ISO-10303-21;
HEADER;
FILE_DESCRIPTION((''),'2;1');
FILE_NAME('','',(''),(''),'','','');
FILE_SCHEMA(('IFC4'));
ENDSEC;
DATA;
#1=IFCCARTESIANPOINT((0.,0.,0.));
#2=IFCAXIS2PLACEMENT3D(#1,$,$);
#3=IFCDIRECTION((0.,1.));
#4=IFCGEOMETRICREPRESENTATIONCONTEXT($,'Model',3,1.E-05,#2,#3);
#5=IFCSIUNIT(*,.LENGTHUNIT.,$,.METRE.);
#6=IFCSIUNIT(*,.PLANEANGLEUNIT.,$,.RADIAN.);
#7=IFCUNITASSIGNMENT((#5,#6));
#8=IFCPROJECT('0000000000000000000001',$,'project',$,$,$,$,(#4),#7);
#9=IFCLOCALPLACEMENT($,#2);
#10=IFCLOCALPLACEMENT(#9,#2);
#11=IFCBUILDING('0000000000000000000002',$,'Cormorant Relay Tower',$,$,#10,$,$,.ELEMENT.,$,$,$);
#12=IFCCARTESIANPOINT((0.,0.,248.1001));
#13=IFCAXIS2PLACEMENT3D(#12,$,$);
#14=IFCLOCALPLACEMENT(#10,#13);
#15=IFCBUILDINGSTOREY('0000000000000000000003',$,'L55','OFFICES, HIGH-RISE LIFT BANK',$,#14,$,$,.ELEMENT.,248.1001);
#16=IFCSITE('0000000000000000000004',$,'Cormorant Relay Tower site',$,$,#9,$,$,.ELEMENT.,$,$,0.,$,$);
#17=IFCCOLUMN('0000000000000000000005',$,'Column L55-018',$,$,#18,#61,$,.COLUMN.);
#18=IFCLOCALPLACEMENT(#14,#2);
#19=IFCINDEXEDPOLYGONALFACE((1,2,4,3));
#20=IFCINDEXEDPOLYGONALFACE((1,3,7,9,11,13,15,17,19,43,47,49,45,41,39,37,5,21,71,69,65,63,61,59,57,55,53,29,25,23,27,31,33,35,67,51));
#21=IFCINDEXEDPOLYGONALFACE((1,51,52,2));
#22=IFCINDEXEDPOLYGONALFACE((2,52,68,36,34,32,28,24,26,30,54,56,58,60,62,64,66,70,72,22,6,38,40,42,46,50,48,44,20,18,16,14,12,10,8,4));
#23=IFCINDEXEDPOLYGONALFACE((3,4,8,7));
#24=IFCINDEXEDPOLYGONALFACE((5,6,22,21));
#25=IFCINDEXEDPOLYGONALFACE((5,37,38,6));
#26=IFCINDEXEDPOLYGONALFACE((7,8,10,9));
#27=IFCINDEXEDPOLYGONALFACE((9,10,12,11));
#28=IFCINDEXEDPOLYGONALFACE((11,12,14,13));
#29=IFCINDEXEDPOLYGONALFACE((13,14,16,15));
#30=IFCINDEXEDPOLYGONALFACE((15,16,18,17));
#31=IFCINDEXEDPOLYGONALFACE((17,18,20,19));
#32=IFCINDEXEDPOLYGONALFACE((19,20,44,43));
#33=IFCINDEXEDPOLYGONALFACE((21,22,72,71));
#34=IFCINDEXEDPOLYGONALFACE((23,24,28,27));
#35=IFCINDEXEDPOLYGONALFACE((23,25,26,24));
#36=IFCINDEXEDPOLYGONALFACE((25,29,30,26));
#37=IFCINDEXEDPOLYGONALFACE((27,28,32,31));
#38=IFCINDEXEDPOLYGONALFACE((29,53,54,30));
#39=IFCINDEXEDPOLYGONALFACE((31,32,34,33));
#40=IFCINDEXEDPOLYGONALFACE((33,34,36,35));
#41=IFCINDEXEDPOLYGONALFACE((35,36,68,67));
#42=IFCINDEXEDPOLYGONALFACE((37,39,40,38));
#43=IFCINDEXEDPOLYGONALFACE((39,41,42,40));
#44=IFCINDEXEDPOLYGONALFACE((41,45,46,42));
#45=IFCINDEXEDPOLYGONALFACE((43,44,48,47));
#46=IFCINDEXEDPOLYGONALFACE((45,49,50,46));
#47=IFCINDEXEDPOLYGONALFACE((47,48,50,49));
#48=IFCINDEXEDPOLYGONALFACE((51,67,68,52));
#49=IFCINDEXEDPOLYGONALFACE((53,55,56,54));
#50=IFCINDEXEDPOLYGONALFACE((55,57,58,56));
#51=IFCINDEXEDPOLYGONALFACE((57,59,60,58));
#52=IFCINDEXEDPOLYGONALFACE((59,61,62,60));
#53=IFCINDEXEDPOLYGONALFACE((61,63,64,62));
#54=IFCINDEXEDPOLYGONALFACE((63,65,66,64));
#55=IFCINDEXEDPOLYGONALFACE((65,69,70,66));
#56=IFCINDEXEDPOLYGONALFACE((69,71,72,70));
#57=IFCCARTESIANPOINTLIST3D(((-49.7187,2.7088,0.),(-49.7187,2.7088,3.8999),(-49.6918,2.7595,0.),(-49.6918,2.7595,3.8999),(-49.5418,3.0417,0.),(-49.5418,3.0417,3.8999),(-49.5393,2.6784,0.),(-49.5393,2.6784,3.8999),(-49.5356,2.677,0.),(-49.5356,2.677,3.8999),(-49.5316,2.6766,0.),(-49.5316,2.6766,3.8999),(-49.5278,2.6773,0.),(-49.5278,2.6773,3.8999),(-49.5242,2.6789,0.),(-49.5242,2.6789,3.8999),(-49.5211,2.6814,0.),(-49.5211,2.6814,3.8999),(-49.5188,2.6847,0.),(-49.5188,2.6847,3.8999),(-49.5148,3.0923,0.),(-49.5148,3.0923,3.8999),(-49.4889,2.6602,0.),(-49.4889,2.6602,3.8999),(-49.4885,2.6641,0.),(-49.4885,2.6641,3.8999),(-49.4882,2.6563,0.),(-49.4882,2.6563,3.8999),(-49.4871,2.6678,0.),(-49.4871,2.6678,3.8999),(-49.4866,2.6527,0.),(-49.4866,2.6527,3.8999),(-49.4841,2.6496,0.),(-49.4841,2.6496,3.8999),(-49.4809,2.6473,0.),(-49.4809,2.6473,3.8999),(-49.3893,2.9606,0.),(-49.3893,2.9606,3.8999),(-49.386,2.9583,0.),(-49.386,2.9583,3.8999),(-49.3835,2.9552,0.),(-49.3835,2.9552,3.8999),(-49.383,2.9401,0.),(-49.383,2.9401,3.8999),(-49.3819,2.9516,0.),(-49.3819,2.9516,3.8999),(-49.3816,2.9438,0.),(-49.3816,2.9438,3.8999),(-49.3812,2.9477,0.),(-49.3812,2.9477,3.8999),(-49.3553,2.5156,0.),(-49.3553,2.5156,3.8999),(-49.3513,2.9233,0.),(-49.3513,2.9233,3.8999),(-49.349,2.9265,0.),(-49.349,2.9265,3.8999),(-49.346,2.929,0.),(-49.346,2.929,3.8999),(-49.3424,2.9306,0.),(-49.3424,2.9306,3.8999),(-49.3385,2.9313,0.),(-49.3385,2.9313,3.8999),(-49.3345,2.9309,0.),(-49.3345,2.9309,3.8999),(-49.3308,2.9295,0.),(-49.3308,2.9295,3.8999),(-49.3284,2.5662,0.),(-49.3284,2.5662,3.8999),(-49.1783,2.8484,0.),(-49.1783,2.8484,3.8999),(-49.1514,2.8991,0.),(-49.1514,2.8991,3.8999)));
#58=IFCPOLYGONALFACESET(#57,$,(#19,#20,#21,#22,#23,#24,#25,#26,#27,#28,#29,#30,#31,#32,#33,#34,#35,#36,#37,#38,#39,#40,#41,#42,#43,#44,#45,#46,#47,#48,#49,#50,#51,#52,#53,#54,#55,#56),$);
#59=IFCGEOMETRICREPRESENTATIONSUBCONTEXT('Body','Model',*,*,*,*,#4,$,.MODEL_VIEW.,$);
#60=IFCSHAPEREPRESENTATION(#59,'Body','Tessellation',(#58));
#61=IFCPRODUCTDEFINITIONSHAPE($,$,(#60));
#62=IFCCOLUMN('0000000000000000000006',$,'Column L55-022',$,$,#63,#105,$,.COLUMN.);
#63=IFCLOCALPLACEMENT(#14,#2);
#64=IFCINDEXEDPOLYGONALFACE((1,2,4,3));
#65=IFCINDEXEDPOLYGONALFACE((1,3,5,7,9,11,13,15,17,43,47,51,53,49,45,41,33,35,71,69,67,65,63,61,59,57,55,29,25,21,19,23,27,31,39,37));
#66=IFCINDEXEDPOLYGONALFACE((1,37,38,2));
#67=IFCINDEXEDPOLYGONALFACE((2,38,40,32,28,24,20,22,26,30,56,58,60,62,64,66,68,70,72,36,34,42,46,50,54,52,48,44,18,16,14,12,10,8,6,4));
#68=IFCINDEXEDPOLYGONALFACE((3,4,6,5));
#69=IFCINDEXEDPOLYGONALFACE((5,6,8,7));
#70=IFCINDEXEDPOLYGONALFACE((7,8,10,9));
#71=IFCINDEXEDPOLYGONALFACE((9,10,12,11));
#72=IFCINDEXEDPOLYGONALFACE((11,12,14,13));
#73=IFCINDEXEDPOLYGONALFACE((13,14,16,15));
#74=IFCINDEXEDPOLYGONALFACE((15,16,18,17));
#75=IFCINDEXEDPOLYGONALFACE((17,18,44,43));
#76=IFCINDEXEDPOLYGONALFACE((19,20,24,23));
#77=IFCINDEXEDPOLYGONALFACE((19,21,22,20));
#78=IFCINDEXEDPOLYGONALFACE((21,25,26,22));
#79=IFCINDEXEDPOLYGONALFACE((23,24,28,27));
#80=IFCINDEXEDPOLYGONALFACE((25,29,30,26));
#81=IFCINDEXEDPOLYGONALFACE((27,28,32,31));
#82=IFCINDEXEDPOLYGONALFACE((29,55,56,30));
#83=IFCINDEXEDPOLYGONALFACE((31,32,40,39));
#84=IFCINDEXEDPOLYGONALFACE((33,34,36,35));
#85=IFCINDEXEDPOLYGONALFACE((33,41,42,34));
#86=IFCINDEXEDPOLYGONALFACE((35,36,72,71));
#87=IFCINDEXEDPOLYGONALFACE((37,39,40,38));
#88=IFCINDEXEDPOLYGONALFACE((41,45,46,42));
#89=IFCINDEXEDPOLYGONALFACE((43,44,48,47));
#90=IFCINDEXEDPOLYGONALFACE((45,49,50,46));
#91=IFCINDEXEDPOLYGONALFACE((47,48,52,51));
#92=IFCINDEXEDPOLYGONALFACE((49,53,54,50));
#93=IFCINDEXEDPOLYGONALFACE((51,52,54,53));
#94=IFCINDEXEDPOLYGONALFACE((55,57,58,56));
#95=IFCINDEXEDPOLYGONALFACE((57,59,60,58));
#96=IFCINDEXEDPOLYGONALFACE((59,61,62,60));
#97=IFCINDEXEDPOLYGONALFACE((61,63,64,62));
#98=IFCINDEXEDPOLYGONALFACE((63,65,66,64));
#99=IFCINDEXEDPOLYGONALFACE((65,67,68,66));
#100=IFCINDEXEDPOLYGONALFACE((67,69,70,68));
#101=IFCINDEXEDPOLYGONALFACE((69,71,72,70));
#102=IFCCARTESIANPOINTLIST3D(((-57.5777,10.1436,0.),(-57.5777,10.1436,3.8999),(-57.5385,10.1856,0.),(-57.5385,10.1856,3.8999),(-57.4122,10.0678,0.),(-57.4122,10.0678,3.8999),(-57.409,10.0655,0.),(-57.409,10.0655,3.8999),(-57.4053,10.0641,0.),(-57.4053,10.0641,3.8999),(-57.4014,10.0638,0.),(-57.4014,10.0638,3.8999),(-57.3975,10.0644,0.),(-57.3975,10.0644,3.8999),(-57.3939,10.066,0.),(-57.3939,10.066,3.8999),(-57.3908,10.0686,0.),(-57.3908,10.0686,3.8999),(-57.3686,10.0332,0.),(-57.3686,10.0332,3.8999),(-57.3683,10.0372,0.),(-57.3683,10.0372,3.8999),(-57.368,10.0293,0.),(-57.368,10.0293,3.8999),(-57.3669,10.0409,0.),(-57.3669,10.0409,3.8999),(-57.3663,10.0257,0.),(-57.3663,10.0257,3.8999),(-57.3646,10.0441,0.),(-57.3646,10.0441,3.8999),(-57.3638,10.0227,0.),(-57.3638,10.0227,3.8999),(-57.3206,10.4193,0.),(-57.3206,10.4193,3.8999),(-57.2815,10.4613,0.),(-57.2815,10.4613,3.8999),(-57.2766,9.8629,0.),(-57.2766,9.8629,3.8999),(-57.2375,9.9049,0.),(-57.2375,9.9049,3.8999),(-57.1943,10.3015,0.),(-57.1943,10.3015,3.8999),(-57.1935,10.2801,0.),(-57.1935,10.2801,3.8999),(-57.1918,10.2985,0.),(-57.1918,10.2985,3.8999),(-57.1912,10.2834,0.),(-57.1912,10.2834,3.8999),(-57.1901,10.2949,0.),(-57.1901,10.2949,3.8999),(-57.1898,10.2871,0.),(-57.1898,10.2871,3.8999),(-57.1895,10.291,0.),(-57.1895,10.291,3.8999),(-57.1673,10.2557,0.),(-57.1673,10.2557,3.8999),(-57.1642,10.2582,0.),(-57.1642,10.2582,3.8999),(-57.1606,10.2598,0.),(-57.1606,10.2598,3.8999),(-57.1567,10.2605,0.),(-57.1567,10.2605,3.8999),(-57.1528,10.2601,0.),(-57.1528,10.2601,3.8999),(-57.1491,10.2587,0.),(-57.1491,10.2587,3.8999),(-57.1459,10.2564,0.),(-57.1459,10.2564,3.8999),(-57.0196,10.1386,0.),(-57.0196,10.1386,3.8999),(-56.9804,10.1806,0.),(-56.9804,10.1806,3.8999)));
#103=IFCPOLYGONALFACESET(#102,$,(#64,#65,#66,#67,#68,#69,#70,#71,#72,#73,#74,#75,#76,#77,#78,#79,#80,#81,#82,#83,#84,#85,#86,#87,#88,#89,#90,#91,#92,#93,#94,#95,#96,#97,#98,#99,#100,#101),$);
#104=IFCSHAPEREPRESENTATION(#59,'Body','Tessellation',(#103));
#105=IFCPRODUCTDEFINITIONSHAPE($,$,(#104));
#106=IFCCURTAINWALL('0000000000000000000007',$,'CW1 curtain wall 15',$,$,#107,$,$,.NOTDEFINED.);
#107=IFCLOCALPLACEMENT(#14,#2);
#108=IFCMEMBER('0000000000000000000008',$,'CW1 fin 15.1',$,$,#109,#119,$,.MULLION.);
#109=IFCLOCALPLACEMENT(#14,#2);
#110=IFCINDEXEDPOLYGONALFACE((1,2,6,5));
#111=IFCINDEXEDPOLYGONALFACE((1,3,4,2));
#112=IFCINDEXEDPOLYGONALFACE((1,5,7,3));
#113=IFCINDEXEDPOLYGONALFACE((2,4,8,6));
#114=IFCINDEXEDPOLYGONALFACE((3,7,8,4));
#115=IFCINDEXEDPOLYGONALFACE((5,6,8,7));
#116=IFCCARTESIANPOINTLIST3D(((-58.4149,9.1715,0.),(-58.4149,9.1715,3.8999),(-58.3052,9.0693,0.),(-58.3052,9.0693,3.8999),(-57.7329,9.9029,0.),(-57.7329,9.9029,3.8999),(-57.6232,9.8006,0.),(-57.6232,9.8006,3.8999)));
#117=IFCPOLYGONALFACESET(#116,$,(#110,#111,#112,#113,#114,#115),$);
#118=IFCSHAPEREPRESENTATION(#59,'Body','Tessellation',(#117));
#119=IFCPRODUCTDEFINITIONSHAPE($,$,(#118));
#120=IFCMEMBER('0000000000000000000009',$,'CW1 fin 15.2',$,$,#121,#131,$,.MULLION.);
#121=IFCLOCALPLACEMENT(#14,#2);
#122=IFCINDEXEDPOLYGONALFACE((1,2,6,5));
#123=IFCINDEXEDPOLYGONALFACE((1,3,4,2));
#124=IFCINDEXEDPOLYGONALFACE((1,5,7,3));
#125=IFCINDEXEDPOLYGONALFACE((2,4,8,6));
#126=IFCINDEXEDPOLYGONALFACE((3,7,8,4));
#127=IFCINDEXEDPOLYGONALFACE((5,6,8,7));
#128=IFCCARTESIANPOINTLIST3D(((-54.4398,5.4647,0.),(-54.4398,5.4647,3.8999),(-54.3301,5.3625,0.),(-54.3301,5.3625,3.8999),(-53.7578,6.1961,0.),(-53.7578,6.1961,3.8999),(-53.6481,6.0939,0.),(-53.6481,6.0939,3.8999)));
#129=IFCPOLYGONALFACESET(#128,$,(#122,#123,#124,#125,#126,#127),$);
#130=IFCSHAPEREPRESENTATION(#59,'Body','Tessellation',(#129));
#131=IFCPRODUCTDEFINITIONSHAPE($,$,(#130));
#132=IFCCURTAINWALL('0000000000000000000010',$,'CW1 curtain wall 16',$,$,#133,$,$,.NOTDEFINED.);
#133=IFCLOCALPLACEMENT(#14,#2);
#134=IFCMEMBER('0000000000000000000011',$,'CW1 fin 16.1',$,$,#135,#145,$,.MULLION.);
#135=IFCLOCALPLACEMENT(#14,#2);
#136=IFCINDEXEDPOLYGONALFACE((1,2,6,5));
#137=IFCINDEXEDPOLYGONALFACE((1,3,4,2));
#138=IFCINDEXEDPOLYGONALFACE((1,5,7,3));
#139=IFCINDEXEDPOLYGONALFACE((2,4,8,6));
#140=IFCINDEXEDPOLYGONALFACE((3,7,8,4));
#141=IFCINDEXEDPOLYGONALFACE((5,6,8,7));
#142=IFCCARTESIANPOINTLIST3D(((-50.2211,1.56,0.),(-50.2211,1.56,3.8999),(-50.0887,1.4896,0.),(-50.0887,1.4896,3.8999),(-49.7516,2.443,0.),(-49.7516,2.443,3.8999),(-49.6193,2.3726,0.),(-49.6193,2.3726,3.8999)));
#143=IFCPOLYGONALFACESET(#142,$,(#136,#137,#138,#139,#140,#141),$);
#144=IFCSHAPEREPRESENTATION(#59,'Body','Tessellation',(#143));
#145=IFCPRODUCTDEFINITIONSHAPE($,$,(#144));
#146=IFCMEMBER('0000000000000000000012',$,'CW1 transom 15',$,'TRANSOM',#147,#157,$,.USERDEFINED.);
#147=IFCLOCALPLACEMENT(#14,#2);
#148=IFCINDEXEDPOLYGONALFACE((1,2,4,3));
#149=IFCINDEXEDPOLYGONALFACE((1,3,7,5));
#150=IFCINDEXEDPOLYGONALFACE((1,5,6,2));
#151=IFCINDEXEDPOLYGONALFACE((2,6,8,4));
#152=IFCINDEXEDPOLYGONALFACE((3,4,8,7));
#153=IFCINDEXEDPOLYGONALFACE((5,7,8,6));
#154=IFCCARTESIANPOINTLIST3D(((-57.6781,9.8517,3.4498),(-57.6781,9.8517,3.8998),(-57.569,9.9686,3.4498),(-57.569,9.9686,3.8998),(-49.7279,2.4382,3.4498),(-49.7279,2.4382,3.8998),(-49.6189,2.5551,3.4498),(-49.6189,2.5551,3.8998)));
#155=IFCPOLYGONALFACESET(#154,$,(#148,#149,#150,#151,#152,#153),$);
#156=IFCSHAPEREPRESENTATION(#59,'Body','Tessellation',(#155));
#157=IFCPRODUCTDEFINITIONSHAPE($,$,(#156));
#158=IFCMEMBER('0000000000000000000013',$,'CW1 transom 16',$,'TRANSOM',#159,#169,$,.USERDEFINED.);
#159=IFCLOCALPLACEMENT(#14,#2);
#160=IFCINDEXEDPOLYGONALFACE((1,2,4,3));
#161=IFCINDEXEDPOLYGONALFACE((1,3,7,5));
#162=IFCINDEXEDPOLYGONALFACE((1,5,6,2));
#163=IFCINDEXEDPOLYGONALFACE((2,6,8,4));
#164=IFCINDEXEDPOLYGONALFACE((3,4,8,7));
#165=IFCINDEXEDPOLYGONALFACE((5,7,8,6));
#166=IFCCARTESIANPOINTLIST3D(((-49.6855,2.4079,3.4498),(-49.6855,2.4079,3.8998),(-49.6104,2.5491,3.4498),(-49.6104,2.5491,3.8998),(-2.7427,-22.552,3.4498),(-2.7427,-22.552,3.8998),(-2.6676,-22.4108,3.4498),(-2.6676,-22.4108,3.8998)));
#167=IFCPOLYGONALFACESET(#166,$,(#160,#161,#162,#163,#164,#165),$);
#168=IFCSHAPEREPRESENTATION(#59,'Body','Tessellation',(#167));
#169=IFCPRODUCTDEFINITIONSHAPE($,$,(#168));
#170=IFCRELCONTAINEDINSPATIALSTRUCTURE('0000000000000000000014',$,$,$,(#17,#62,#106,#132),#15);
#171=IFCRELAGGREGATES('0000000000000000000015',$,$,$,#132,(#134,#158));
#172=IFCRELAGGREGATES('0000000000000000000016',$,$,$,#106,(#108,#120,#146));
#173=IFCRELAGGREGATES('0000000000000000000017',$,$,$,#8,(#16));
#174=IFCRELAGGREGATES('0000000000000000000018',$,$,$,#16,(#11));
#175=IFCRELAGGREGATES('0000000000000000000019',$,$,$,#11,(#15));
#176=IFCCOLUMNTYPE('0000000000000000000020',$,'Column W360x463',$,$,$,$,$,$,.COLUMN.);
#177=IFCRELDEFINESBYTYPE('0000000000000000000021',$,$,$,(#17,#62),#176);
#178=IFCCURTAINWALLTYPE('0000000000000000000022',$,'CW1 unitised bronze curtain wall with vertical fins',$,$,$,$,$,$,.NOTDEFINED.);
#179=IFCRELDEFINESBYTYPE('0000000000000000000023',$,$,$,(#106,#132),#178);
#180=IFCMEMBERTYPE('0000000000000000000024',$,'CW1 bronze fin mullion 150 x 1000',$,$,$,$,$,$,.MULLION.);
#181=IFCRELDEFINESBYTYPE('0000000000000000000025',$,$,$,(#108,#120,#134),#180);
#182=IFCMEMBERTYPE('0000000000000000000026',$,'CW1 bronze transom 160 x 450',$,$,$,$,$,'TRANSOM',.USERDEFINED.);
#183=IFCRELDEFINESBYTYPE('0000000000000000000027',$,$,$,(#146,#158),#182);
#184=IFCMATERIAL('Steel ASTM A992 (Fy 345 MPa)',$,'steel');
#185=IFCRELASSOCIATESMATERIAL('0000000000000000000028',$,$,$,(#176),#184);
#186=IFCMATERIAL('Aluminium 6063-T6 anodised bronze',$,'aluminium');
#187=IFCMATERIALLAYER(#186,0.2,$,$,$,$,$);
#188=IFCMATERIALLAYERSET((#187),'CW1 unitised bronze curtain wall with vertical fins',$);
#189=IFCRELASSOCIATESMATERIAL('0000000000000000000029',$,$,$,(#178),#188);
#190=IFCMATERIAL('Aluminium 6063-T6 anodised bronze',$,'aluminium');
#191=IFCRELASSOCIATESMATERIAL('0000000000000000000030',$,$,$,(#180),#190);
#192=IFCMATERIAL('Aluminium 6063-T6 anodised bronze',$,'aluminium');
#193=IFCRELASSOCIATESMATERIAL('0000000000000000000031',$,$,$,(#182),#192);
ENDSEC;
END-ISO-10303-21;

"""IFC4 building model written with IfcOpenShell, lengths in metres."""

from ifc_helpers import new_model, si_unit, direction, frame, origin, origin_2d, place, context, subcontext, project, spatial, rectangle, i_section, extrude, material, layer, layer_set, material_profile, profile_set, type_object, element, aggregate, save


model = new_model("IFC4")

# Units and contexts
model_context = context("Model", 3, precision=1e-05, world=origin(), true_north=direction((0.0, 1.0)))
body_context = subcontext(model_context, "Body", "Model", "MODEL_VIEW")
ifc_project = project(units=[si_unit("LENGTHUNIT", "METRE"), si_unit("PLANEANGLEUNIT", "RADIAN")], contexts=[model_context])

# Site, building, storey
site_placement = place(None, origin())
site = spatial("IfcSite", under=ifc_project, at=site_placement, Name="Cormorant Relay Tower site", CompositionType="ELEMENT", RefElevation=0.0)
building_placement = place(site_placement, origin())
building = spatial("IfcBuilding", under=site, at=building_placement, Name="Cormorant Relay Tower", CompositionType="ELEMENT")
storey_placement = place(building_placement, frame((0.0, 0.0, 248.1001)))
storey = spatial("IfcBuildingStorey", under=building, at=storey_placement, Name="L55", Description="OFFICES, HIGH-RISE LIFT BANK", CompositionType="ELEMENT", Elevation=248.1001)

# Columns
ifc_material_1 = material(Name="Steel ASTM A992 (Fy 345 MPa)", Category="steel")
ifc_material_profile_1 = material_profile(ifc_material_1, i_section(OverallWidth=0.4116, OverallDepth=0.4343, WebThickness=0.0359, FlangeThickness=0.0574, FilletRadius=0.0151, at=origin_2d()), Name="W360x463")
ifc_profile_set_1 = profile_set([ifc_material_profile_1], Name="Steel ASTM A992 (Fy 345 MPa)")
column_type = type_object("IfcColumnType", Name="Column W360x463", PredefinedType="COLUMN", material=ifc_profile_set_1)
for number, where, z_axis, x_axis, name in (
    (1, (-49.4351, 2.804, 0.0), (0.0, 0.0, 1.0), (0.882948, -0.469472, 0.0), "Column L55-018"),
    (2, (-57.2791, 10.1621, 0.0), (0.0, 0.0, 1.0), (0.731354, -0.681998, 0.0), "Column L55-022"),
):
    element("IfcColumn", number, at=place(storey_placement, frame(where, z_axis=z_axis, x_axis=x_axis)), inside=storey, type_object=column_type, Name=name, PredefinedType="COLUMN", context=body_context, shape_type="SweptSolid", body=[
        extrude(i_section(OverallWidth=0.4116, OverallDepth=0.4343, WebThickness=0.0359, FlangeThickness=0.0574, FilletRadius=0.0151, at=origin_2d()), origin(), (0.0, 0.0, 1.0), 3.8999),
    ])

# Curtain wall, members
ifc_material_2 = material(Name="Aluminium 6063-T6 anodised bronze", Category="aluminium")
ifc_layer_1 = layer(ifc_material_2, 0.2)
ifc_layer_set_1 = layer_set([ifc_layer_1], Name="CW1 unitised bronze curtain wall with vertical fins")
curtain_wall_type = type_object("IfcCurtainWallType", Name="CW1 unitised bronze curtain wall with vertical fins", PredefinedType="NOTDEFINED", material=ifc_layer_set_1)
curtain_wall_1_placement = place(storey_placement, origin())
curtain_wall_1 = element("IfcCurtainWall", 3, at=curtain_wall_1_placement, inside=storey, type_object=curtain_wall_type, Name="CW1 curtain wall 15", PredefinedType="NOTDEFINED")
ifc_material_3 = material(Name="Aluminium 6063-T6 anodised bronze", Category="aluminium")
ifc_material_profile_2 = material_profile(ifc_material_3, rectangle(XDim=0.1499, YDim=1.0, at=origin_2d()), Name="AL 150x1000")
ifc_profile_set_2 = profile_set([ifc_material_profile_2], Name="Aluminium 6063-T6 anodised bronze")
member_type_1 = type_object("IfcMemberType", Name="CW1 bronze fin mullion 150 x 1000", PredefinedType="MULLION", material=ifc_profile_set_2)
member_1_placement = place(storey_placement, frame((-58.019, 9.4861, 0.0), z_axis=(0.0, 0.0, 1.0), x_axis=(0.731354, -0.681998, 0.0)))
member_1 = element("IfcMember", 4, at=member_1_placement, type_object=member_type_1, Name="CW1 fin 15.1", PredefinedType="MULLION", context=body_context, shape_type="SweptSolid", body=[
    extrude(rectangle(XDim=0.1499, YDim=1.0, at=origin_2d()), origin(), (0.0, 0.0, 1.0), 3.8999),
])
member_2_placement = place(storey_placement, frame((-54.0439, 5.7793, 0.0), z_axis=(0.0, 0.0, 1.0), x_axis=(0.731354, -0.681998, 0.0)))
member_2 = element("IfcMember", 5, at=member_2_placement, type_object=member_type_1, Name="CW1 fin 15.2", PredefinedType="MULLION", context=body_context, shape_type="SweptSolid", body=[
    extrude(rectangle(XDim=0.1499, YDim=1.0, at=origin_2d()), origin(), (0.0, 0.0, 1.0), 3.8999),
])

# Curtain wall, member
curtain_wall_2_placement = place(storey_placement, origin())
curtain_wall_2 = element("IfcCurtainWall", 6, at=curtain_wall_2_placement, inside=storey, type_object=curtain_wall_type, Name="CW1 curtain wall 16", PredefinedType="NOTDEFINED")
member_3_placement = place(storey_placement, frame((-49.9202, 1.9663, 0.0), z_axis=(0.0, 0.0, 1.0), x_axis=(0.882948, -0.469472, 0.0)))
member_3 = element("IfcMember", 7, at=member_3_placement, type_object=member_type_1, Name="CW1 fin 16.1", PredefinedType="MULLION", context=body_context, shape_type="SweptSolid", body=[
    extrude(rectangle(XDim=0.1499, YDim=1.0, at=origin_2d()), origin(), (0.0, 0.0, 1.0), 3.8999),
])

# Members
ifc_material_4 = material(Name="Aluminium 6063-T6 anodised bronze", Category="aluminium")
ifc_material_profile_3 = material_profile(ifc_material_4, rectangle(XDim=0.1599, YDim=0.45, at=origin_2d()), Name="AL 160x450")
ifc_profile_set_3 = profile_set([ifc_material_profile_3], Name="Aluminium 6063-T6 anodised bronze")
member_type_2 = type_object("IfcMemberType", Name="CW1 bronze transom 160 x 450", ElementType="TRANSOM", PredefinedType="USERDEFINED", material=ifc_profile_set_3)
member_4_placement = place(storey_placement, frame((-57.6235, 9.9102, 3.6748), z_axis=(0.731358, -0.681993, 0.0), x_axis=(0.681993, 0.731358, 0.0)))
member_4 = element("IfcMember", 8, at=member_4_placement, type_object=member_type_2, Name="CW1 transom 15", ObjectType="TRANSOM", PredefinedType="USERDEFINED", context=body_context, shape_type="SweptSolid", body=[
    extrude(rectangle(XDim=0.1599, YDim=0.45, at=origin_2d()), origin(), (0.0, 0.0, 1.0), 10.8704),
])
member_5_placement = place(storey_placement, frame((-49.6479, 2.4785, 3.6748), z_axis=(0.882948, -0.469471, 0.0), x_axis=(0.469471, 0.882948, 0.0)))
member_5 = element("IfcMember", 9, at=member_5_placement, type_object=member_type_2, Name="CW1 transom 16", ObjectType="TRANSOM", PredefinedType="USERDEFINED", context=body_context, shape_type="SweptSolid", body=[
    extrude(rectangle(XDim=0.1599, YDim=0.45, at=origin_2d()), origin(), (0.0, 0.0, 1.0), 53.166),
])
aggregate(curtain_wall_2, [member_3, member_5])

aggregate(curtain_wall_1, [member_1, member_2, member_4])

save(model, "model.ifc")
